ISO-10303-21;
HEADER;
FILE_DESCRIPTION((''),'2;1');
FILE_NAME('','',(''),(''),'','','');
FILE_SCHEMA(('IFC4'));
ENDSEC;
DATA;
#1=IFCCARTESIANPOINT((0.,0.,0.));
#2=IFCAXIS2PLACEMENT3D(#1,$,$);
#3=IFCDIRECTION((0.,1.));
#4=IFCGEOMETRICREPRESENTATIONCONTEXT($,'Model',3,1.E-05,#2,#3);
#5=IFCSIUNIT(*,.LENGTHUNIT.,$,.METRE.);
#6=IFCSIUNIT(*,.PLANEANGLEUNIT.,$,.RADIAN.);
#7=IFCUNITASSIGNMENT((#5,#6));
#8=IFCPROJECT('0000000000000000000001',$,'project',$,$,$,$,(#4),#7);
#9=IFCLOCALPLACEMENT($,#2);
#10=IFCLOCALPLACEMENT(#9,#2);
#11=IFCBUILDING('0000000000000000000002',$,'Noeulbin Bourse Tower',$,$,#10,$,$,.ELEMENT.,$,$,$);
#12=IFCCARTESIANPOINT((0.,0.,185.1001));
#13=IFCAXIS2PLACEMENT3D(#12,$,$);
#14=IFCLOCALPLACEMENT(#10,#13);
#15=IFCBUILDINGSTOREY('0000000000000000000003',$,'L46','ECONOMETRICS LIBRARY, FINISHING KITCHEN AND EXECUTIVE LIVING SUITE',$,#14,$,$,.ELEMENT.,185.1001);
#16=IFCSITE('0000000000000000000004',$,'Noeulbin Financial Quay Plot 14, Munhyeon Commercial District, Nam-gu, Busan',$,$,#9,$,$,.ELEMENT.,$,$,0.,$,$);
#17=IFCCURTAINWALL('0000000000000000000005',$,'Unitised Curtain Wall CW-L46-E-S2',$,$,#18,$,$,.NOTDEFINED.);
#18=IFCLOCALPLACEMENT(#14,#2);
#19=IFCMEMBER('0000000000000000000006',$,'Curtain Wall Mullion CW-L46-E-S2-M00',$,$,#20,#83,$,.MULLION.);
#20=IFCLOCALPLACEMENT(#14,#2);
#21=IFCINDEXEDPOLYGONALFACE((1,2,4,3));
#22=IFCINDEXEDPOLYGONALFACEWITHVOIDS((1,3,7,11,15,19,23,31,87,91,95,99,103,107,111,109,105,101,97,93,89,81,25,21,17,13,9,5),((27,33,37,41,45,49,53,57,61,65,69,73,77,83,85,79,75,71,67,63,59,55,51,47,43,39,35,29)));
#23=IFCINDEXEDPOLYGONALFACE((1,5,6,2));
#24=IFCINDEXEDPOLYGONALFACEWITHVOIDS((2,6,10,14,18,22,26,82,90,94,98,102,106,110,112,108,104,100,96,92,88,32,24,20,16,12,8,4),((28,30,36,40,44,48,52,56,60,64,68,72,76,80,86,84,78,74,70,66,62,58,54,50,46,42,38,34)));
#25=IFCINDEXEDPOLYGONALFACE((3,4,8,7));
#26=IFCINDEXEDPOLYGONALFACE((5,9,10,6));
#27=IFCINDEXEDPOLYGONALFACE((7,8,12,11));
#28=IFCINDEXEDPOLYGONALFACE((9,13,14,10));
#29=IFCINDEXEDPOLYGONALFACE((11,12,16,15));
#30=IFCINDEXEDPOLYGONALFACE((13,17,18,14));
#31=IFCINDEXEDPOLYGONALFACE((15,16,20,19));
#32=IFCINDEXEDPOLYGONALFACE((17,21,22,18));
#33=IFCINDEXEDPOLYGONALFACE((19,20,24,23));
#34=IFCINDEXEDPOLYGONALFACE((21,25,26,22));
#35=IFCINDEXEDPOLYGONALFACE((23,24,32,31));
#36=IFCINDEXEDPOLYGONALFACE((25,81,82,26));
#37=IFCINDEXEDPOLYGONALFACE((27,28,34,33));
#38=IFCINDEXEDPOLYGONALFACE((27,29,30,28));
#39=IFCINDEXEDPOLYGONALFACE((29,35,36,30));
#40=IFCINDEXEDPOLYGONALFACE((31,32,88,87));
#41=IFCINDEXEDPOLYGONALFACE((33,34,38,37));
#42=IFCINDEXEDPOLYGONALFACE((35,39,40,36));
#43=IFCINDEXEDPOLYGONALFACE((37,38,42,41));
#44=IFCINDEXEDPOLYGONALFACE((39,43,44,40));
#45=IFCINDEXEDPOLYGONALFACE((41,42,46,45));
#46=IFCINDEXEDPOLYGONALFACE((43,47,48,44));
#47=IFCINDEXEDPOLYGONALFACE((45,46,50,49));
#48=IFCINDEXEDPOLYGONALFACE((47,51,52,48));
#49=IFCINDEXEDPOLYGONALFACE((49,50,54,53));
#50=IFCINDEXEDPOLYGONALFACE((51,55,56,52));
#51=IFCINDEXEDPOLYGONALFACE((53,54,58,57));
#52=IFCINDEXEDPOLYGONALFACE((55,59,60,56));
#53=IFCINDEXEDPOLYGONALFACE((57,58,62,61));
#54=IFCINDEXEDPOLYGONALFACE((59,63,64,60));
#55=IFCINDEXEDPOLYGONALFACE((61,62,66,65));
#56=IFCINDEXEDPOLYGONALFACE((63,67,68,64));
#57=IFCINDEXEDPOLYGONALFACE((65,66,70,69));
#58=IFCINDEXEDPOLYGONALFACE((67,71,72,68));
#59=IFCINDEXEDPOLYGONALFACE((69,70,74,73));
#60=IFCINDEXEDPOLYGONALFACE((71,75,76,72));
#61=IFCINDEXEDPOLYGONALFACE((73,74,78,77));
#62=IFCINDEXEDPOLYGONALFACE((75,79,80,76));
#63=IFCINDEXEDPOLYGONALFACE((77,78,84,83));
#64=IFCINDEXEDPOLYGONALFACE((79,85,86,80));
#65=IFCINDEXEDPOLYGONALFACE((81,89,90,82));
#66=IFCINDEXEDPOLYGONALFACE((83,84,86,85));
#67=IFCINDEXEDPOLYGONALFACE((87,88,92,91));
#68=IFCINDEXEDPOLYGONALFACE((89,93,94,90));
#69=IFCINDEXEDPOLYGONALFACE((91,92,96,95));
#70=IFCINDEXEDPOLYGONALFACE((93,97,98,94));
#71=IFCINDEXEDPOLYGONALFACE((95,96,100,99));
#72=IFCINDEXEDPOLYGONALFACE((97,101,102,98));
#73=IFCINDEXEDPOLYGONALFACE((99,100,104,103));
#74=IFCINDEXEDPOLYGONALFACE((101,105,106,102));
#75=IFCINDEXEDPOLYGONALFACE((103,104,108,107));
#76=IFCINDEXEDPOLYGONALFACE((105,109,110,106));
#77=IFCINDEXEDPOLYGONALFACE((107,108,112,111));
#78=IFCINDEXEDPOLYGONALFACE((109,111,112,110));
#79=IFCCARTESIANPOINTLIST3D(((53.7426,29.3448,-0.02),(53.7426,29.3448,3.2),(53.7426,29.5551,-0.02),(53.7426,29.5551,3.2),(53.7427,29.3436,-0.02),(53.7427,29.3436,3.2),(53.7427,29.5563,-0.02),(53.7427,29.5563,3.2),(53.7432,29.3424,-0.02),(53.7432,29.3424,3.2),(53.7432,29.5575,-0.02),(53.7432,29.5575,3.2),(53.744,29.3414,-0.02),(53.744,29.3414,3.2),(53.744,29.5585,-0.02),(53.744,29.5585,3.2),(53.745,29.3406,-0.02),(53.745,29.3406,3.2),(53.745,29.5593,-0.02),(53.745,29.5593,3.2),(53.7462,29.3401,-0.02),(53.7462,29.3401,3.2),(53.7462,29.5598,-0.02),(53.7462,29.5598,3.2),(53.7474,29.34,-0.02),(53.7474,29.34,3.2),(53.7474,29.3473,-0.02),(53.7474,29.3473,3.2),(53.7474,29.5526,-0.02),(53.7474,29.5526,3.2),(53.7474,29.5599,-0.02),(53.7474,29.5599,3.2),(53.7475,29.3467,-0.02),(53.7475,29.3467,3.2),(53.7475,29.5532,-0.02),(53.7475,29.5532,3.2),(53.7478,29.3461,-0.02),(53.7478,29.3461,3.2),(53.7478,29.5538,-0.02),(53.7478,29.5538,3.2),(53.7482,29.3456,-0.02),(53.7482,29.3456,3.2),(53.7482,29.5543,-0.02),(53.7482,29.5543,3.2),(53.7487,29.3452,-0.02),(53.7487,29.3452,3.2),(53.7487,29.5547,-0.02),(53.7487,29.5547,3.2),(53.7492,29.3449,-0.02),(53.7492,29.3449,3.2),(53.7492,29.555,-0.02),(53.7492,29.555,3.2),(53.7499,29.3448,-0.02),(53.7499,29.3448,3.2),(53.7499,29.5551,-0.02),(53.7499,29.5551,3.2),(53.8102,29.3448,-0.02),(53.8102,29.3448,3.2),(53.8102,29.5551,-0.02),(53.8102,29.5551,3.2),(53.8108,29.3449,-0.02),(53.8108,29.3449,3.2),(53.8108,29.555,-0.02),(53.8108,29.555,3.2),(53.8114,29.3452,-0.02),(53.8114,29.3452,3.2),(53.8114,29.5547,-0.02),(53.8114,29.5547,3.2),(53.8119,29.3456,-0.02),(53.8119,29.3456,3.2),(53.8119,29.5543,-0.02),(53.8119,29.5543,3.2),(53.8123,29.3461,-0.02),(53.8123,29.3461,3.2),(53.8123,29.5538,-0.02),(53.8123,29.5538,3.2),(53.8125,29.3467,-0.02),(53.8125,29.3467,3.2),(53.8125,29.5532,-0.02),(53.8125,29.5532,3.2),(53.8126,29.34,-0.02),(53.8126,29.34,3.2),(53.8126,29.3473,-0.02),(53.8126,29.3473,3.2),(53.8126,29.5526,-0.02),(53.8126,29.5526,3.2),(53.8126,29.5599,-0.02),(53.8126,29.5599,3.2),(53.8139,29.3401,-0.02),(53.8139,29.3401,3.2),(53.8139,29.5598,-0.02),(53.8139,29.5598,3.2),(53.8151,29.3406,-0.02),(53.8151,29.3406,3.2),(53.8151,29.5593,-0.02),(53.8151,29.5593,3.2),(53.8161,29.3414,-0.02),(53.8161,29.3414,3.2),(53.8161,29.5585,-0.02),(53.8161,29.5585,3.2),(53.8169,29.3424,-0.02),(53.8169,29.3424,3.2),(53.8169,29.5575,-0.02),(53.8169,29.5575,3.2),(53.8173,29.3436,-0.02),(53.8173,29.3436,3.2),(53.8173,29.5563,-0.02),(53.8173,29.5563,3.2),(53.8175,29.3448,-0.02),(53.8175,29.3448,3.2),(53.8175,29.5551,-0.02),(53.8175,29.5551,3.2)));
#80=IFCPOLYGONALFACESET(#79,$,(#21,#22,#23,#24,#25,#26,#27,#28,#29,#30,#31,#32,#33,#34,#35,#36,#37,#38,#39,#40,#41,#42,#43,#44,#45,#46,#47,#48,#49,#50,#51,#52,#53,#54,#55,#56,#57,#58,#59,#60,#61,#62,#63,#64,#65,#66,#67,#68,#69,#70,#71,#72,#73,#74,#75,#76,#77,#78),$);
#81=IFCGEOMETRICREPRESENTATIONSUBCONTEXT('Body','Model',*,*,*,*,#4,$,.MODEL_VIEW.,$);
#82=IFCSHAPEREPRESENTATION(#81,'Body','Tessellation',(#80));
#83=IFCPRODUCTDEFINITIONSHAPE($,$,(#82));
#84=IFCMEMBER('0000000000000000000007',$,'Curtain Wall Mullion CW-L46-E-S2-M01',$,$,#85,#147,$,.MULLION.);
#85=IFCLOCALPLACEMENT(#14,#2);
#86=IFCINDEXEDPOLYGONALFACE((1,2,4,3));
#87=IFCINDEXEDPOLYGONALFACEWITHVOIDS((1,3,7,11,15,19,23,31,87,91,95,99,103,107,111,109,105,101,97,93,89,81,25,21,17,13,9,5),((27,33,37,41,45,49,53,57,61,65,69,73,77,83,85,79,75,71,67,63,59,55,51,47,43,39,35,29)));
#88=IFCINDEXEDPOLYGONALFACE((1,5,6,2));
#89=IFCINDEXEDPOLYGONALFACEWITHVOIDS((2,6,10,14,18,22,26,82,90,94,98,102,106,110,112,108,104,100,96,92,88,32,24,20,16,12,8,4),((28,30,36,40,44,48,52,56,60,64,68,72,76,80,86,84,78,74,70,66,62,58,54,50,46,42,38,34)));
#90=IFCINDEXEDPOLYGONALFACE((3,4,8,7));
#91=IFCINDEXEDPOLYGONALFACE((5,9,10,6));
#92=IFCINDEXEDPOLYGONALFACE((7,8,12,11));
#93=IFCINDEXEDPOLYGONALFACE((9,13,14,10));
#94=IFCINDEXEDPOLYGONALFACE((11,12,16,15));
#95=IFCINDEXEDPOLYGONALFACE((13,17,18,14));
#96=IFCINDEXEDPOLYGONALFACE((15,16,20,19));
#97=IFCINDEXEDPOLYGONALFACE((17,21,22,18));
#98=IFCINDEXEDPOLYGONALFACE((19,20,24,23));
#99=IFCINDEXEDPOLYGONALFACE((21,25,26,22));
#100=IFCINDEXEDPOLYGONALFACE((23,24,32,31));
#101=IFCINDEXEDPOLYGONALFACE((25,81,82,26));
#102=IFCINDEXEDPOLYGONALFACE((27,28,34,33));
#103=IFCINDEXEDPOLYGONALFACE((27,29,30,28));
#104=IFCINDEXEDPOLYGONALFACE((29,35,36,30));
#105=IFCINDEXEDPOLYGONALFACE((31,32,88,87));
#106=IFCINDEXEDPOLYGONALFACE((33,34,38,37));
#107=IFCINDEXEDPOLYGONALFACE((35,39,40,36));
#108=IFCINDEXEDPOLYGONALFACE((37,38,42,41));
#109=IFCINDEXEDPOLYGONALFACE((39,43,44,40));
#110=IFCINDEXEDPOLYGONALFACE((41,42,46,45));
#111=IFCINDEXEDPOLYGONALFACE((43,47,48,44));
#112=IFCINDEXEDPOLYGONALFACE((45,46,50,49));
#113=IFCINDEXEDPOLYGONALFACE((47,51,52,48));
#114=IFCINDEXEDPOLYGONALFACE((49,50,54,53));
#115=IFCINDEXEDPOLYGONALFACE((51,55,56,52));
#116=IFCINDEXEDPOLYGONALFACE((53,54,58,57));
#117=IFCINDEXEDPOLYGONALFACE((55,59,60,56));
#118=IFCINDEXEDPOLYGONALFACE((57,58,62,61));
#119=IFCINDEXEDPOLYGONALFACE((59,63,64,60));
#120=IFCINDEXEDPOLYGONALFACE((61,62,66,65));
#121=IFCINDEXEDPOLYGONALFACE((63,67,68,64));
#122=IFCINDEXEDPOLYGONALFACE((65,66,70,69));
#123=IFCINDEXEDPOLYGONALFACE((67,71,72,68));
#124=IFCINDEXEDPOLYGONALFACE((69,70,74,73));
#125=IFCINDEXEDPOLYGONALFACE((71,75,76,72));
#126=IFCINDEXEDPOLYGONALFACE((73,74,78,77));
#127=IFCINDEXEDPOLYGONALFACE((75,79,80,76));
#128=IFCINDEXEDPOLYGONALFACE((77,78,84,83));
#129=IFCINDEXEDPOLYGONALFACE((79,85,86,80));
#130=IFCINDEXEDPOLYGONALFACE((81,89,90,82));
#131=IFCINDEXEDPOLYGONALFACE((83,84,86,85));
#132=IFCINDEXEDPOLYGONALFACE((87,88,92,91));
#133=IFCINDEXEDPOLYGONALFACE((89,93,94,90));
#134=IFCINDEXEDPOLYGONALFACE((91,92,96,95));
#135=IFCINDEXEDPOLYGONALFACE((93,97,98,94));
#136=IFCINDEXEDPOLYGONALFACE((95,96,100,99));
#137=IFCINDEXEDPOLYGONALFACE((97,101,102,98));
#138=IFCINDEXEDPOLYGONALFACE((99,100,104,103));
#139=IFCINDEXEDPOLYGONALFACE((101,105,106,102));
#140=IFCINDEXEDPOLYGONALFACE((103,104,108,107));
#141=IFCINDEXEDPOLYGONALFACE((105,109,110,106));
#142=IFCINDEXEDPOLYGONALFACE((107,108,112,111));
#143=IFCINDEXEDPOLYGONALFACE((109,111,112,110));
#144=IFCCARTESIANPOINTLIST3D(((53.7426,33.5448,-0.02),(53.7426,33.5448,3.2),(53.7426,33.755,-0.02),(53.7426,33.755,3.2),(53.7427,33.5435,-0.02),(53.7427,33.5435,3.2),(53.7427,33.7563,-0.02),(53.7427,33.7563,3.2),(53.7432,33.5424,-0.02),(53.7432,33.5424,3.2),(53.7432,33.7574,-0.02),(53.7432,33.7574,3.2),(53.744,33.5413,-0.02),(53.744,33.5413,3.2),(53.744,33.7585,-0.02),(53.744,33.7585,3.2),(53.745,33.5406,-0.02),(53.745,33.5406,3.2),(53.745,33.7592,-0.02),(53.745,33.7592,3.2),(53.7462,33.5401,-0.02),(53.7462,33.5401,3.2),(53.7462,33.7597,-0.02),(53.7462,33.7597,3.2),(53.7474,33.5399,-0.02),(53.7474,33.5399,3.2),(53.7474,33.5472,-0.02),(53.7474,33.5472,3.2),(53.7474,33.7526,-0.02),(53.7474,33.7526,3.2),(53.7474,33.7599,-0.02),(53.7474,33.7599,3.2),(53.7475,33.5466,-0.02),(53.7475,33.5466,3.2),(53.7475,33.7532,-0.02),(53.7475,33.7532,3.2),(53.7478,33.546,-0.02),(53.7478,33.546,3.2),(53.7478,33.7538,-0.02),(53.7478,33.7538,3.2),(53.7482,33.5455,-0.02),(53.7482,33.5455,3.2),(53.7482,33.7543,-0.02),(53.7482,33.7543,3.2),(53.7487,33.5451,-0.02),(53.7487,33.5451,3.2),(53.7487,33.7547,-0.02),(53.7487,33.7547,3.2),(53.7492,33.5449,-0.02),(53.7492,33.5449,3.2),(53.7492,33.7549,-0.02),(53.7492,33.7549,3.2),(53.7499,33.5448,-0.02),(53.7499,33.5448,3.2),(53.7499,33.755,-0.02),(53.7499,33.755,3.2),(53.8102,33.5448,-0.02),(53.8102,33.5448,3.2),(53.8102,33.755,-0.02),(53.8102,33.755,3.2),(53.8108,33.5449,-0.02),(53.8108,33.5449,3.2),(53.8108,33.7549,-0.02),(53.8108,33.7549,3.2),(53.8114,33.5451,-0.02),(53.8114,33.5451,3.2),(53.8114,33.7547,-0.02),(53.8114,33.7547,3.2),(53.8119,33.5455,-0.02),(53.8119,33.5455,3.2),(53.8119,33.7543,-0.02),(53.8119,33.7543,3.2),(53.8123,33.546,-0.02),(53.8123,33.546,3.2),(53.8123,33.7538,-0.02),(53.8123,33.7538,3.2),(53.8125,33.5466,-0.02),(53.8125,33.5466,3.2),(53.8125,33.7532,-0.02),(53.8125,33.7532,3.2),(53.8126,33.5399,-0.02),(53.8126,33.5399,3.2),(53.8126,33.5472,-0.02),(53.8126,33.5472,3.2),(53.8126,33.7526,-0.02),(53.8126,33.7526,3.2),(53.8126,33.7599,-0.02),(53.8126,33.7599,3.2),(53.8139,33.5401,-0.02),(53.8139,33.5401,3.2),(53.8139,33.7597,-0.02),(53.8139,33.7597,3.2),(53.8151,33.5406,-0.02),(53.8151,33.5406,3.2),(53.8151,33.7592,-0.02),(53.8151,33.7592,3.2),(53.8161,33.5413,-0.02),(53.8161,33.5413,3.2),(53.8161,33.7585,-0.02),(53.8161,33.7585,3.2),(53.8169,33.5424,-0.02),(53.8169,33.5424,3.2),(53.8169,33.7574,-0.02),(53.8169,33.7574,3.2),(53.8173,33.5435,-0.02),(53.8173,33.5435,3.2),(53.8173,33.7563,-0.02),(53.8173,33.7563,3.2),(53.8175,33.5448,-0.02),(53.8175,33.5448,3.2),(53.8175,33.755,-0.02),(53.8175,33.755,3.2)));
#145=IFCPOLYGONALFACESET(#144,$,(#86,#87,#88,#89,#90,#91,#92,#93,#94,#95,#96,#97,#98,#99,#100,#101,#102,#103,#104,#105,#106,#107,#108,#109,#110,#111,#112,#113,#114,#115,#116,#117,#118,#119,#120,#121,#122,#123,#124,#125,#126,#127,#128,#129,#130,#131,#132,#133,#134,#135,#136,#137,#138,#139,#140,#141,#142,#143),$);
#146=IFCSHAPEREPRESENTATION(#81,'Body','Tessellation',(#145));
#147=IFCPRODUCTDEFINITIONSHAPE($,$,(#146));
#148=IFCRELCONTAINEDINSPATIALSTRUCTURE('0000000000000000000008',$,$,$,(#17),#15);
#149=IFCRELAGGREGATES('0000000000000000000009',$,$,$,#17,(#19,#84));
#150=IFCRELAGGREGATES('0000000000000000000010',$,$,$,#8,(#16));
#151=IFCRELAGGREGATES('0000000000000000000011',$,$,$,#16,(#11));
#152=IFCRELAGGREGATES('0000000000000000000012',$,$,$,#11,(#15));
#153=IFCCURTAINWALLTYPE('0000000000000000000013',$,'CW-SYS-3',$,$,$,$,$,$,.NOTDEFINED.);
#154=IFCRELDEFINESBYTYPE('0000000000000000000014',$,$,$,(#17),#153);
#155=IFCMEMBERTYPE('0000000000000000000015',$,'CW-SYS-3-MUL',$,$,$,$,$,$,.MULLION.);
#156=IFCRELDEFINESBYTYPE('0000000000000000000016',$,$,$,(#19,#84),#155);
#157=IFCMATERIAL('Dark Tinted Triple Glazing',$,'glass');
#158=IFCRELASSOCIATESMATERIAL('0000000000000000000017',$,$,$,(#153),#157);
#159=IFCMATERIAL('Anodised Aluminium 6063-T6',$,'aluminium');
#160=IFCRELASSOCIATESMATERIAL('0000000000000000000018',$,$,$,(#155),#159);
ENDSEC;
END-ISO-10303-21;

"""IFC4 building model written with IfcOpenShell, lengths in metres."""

from ifc_helpers import new_model, si_unit, direction, frame, origin, origin_2d, place, context, subcontext, project, spatial, hollow_rectangle, extrude, material, material_profile, profile_set, type_object, element, aggregate, save


model = new_model("IFC4")

# Units and contexts
model_context = context("Model", 3, precision=1e-05, world=origin(), true_north=direction((0.0, 1.0)))
body_context = subcontext(model_context, "Body", "Model", "MODEL_VIEW")
ifc_project = project(units=[si_unit("LENGTHUNIT", "METRE"), si_unit("PLANEANGLEUNIT", "RADIAN")], contexts=[model_context])

# Site, building, storey
site_placement = place(None, origin())
site = spatial("IfcSite", under=ifc_project, at=site_placement, Name="Noeulbin Financial Quay Plot 14, Munhyeon Commercial District, Nam-gu, Busan", CompositionType="ELEMENT", RefElevation=0.0)
building_placement = place(site_placement, origin())
building = spatial("IfcBuilding", under=site, at=building_placement, Name="Noeulbin Bourse Tower", CompositionType="ELEMENT")
storey_placement = place(building_placement, frame((0.0, 0.0, 185.1001)))
storey = spatial("IfcBuildingStorey", under=building, at=storey_placement, Name="L46", Description="ECONOMETRICS LIBRARY, FINISHING KITCHEN AND EXECUTIVE LIVING SUITE", CompositionType="ELEMENT", Elevation=185.1001)

# Curtain wall, members
ifc_material_1 = material(Name="Dark Tinted Triple Glazing", Category="glass")
curtain_wall_type = type_object("IfcCurtainWallType", Name="CW-SYS-3", PredefinedType="NOTDEFINED", material=ifc_material_1)
curtain_wall_placement = place(storey_placement, origin())
curtain_wall = element("IfcCurtainWall", 1, at=curtain_wall_placement, inside=storey, type_object=curtain_wall_type, Name="Unitised Curtain Wall CW-L46-E-S2", PredefinedType="NOTDEFINED")
ifc_material_2 = material(Name="Anodised Aluminium 6063-T6", Category="aluminium")
ifc_material_profile_1 = material_profile(ifc_material_2, hollow_rectangle(XDim=0.075, YDim=0.22, WallThickness=0.0049, InnerFilletRadius=0.0024, OuterFilletRadius=0.0049, at=origin_2d()), Name="ALU-MULL-75x220x5", Category="LoadBearing")
ifc_profile_set_1 = profile_set([ifc_material_profile_1], Name="Anodised Aluminium 6063-T6")
member_type_1 = type_object("IfcMemberType", Name="CW-SYS-3-MUL", PredefinedType="MULLION", material=ifc_profile_set_1)
member_1_placement = place(storey_placement, frame((53.78, 29.45, -0.02), z_axis=(0.0, 0.0, 1.0), x_axis=(1.0, 0.0, 0.0)))
member_1 = element("IfcMember", 2, at=member_1_placement, type_object=member_type_1, Name="Curtain Wall Mullion CW-L46-E-S2-M00", PredefinedType="MULLION", context=body_context, shape_type="SweptSolid", body=[
    extrude(hollow_rectangle(XDim=0.075, YDim=0.22, WallThickness=0.0049, InnerFilletRadius=0.0024, OuterFilletRadius=0.0049, at=origin_2d()), origin(), (0.0, 0.0, 1.0), 3.22),
])
member_2_placement = place(storey_placement, frame((53.78, 33.6499, -0.02), z_axis=(0.0, 0.0, 1.0), x_axis=(1.0, 0.0, 0.0)))
member_2 = element("IfcMember", 3, at=member_2_placement, type_object=member_type_1, Name="Curtain Wall Mullion CW-L46-E-S2-M01", PredefinedType="MULLION", context=body_context, shape_type="SweptSolid", body=[
    extrude(hollow_rectangle(XDim=0.075, YDim=0.22, WallThickness=0.0049, InnerFilletRadius=0.0024, OuterFilletRadius=0.0049, at=origin_2d()), origin(), (0.0, 0.0, 1.0), 3.22),
])
aggregate(curtain_wall, [member_1, member_2])

save(model, "model.ifc")
